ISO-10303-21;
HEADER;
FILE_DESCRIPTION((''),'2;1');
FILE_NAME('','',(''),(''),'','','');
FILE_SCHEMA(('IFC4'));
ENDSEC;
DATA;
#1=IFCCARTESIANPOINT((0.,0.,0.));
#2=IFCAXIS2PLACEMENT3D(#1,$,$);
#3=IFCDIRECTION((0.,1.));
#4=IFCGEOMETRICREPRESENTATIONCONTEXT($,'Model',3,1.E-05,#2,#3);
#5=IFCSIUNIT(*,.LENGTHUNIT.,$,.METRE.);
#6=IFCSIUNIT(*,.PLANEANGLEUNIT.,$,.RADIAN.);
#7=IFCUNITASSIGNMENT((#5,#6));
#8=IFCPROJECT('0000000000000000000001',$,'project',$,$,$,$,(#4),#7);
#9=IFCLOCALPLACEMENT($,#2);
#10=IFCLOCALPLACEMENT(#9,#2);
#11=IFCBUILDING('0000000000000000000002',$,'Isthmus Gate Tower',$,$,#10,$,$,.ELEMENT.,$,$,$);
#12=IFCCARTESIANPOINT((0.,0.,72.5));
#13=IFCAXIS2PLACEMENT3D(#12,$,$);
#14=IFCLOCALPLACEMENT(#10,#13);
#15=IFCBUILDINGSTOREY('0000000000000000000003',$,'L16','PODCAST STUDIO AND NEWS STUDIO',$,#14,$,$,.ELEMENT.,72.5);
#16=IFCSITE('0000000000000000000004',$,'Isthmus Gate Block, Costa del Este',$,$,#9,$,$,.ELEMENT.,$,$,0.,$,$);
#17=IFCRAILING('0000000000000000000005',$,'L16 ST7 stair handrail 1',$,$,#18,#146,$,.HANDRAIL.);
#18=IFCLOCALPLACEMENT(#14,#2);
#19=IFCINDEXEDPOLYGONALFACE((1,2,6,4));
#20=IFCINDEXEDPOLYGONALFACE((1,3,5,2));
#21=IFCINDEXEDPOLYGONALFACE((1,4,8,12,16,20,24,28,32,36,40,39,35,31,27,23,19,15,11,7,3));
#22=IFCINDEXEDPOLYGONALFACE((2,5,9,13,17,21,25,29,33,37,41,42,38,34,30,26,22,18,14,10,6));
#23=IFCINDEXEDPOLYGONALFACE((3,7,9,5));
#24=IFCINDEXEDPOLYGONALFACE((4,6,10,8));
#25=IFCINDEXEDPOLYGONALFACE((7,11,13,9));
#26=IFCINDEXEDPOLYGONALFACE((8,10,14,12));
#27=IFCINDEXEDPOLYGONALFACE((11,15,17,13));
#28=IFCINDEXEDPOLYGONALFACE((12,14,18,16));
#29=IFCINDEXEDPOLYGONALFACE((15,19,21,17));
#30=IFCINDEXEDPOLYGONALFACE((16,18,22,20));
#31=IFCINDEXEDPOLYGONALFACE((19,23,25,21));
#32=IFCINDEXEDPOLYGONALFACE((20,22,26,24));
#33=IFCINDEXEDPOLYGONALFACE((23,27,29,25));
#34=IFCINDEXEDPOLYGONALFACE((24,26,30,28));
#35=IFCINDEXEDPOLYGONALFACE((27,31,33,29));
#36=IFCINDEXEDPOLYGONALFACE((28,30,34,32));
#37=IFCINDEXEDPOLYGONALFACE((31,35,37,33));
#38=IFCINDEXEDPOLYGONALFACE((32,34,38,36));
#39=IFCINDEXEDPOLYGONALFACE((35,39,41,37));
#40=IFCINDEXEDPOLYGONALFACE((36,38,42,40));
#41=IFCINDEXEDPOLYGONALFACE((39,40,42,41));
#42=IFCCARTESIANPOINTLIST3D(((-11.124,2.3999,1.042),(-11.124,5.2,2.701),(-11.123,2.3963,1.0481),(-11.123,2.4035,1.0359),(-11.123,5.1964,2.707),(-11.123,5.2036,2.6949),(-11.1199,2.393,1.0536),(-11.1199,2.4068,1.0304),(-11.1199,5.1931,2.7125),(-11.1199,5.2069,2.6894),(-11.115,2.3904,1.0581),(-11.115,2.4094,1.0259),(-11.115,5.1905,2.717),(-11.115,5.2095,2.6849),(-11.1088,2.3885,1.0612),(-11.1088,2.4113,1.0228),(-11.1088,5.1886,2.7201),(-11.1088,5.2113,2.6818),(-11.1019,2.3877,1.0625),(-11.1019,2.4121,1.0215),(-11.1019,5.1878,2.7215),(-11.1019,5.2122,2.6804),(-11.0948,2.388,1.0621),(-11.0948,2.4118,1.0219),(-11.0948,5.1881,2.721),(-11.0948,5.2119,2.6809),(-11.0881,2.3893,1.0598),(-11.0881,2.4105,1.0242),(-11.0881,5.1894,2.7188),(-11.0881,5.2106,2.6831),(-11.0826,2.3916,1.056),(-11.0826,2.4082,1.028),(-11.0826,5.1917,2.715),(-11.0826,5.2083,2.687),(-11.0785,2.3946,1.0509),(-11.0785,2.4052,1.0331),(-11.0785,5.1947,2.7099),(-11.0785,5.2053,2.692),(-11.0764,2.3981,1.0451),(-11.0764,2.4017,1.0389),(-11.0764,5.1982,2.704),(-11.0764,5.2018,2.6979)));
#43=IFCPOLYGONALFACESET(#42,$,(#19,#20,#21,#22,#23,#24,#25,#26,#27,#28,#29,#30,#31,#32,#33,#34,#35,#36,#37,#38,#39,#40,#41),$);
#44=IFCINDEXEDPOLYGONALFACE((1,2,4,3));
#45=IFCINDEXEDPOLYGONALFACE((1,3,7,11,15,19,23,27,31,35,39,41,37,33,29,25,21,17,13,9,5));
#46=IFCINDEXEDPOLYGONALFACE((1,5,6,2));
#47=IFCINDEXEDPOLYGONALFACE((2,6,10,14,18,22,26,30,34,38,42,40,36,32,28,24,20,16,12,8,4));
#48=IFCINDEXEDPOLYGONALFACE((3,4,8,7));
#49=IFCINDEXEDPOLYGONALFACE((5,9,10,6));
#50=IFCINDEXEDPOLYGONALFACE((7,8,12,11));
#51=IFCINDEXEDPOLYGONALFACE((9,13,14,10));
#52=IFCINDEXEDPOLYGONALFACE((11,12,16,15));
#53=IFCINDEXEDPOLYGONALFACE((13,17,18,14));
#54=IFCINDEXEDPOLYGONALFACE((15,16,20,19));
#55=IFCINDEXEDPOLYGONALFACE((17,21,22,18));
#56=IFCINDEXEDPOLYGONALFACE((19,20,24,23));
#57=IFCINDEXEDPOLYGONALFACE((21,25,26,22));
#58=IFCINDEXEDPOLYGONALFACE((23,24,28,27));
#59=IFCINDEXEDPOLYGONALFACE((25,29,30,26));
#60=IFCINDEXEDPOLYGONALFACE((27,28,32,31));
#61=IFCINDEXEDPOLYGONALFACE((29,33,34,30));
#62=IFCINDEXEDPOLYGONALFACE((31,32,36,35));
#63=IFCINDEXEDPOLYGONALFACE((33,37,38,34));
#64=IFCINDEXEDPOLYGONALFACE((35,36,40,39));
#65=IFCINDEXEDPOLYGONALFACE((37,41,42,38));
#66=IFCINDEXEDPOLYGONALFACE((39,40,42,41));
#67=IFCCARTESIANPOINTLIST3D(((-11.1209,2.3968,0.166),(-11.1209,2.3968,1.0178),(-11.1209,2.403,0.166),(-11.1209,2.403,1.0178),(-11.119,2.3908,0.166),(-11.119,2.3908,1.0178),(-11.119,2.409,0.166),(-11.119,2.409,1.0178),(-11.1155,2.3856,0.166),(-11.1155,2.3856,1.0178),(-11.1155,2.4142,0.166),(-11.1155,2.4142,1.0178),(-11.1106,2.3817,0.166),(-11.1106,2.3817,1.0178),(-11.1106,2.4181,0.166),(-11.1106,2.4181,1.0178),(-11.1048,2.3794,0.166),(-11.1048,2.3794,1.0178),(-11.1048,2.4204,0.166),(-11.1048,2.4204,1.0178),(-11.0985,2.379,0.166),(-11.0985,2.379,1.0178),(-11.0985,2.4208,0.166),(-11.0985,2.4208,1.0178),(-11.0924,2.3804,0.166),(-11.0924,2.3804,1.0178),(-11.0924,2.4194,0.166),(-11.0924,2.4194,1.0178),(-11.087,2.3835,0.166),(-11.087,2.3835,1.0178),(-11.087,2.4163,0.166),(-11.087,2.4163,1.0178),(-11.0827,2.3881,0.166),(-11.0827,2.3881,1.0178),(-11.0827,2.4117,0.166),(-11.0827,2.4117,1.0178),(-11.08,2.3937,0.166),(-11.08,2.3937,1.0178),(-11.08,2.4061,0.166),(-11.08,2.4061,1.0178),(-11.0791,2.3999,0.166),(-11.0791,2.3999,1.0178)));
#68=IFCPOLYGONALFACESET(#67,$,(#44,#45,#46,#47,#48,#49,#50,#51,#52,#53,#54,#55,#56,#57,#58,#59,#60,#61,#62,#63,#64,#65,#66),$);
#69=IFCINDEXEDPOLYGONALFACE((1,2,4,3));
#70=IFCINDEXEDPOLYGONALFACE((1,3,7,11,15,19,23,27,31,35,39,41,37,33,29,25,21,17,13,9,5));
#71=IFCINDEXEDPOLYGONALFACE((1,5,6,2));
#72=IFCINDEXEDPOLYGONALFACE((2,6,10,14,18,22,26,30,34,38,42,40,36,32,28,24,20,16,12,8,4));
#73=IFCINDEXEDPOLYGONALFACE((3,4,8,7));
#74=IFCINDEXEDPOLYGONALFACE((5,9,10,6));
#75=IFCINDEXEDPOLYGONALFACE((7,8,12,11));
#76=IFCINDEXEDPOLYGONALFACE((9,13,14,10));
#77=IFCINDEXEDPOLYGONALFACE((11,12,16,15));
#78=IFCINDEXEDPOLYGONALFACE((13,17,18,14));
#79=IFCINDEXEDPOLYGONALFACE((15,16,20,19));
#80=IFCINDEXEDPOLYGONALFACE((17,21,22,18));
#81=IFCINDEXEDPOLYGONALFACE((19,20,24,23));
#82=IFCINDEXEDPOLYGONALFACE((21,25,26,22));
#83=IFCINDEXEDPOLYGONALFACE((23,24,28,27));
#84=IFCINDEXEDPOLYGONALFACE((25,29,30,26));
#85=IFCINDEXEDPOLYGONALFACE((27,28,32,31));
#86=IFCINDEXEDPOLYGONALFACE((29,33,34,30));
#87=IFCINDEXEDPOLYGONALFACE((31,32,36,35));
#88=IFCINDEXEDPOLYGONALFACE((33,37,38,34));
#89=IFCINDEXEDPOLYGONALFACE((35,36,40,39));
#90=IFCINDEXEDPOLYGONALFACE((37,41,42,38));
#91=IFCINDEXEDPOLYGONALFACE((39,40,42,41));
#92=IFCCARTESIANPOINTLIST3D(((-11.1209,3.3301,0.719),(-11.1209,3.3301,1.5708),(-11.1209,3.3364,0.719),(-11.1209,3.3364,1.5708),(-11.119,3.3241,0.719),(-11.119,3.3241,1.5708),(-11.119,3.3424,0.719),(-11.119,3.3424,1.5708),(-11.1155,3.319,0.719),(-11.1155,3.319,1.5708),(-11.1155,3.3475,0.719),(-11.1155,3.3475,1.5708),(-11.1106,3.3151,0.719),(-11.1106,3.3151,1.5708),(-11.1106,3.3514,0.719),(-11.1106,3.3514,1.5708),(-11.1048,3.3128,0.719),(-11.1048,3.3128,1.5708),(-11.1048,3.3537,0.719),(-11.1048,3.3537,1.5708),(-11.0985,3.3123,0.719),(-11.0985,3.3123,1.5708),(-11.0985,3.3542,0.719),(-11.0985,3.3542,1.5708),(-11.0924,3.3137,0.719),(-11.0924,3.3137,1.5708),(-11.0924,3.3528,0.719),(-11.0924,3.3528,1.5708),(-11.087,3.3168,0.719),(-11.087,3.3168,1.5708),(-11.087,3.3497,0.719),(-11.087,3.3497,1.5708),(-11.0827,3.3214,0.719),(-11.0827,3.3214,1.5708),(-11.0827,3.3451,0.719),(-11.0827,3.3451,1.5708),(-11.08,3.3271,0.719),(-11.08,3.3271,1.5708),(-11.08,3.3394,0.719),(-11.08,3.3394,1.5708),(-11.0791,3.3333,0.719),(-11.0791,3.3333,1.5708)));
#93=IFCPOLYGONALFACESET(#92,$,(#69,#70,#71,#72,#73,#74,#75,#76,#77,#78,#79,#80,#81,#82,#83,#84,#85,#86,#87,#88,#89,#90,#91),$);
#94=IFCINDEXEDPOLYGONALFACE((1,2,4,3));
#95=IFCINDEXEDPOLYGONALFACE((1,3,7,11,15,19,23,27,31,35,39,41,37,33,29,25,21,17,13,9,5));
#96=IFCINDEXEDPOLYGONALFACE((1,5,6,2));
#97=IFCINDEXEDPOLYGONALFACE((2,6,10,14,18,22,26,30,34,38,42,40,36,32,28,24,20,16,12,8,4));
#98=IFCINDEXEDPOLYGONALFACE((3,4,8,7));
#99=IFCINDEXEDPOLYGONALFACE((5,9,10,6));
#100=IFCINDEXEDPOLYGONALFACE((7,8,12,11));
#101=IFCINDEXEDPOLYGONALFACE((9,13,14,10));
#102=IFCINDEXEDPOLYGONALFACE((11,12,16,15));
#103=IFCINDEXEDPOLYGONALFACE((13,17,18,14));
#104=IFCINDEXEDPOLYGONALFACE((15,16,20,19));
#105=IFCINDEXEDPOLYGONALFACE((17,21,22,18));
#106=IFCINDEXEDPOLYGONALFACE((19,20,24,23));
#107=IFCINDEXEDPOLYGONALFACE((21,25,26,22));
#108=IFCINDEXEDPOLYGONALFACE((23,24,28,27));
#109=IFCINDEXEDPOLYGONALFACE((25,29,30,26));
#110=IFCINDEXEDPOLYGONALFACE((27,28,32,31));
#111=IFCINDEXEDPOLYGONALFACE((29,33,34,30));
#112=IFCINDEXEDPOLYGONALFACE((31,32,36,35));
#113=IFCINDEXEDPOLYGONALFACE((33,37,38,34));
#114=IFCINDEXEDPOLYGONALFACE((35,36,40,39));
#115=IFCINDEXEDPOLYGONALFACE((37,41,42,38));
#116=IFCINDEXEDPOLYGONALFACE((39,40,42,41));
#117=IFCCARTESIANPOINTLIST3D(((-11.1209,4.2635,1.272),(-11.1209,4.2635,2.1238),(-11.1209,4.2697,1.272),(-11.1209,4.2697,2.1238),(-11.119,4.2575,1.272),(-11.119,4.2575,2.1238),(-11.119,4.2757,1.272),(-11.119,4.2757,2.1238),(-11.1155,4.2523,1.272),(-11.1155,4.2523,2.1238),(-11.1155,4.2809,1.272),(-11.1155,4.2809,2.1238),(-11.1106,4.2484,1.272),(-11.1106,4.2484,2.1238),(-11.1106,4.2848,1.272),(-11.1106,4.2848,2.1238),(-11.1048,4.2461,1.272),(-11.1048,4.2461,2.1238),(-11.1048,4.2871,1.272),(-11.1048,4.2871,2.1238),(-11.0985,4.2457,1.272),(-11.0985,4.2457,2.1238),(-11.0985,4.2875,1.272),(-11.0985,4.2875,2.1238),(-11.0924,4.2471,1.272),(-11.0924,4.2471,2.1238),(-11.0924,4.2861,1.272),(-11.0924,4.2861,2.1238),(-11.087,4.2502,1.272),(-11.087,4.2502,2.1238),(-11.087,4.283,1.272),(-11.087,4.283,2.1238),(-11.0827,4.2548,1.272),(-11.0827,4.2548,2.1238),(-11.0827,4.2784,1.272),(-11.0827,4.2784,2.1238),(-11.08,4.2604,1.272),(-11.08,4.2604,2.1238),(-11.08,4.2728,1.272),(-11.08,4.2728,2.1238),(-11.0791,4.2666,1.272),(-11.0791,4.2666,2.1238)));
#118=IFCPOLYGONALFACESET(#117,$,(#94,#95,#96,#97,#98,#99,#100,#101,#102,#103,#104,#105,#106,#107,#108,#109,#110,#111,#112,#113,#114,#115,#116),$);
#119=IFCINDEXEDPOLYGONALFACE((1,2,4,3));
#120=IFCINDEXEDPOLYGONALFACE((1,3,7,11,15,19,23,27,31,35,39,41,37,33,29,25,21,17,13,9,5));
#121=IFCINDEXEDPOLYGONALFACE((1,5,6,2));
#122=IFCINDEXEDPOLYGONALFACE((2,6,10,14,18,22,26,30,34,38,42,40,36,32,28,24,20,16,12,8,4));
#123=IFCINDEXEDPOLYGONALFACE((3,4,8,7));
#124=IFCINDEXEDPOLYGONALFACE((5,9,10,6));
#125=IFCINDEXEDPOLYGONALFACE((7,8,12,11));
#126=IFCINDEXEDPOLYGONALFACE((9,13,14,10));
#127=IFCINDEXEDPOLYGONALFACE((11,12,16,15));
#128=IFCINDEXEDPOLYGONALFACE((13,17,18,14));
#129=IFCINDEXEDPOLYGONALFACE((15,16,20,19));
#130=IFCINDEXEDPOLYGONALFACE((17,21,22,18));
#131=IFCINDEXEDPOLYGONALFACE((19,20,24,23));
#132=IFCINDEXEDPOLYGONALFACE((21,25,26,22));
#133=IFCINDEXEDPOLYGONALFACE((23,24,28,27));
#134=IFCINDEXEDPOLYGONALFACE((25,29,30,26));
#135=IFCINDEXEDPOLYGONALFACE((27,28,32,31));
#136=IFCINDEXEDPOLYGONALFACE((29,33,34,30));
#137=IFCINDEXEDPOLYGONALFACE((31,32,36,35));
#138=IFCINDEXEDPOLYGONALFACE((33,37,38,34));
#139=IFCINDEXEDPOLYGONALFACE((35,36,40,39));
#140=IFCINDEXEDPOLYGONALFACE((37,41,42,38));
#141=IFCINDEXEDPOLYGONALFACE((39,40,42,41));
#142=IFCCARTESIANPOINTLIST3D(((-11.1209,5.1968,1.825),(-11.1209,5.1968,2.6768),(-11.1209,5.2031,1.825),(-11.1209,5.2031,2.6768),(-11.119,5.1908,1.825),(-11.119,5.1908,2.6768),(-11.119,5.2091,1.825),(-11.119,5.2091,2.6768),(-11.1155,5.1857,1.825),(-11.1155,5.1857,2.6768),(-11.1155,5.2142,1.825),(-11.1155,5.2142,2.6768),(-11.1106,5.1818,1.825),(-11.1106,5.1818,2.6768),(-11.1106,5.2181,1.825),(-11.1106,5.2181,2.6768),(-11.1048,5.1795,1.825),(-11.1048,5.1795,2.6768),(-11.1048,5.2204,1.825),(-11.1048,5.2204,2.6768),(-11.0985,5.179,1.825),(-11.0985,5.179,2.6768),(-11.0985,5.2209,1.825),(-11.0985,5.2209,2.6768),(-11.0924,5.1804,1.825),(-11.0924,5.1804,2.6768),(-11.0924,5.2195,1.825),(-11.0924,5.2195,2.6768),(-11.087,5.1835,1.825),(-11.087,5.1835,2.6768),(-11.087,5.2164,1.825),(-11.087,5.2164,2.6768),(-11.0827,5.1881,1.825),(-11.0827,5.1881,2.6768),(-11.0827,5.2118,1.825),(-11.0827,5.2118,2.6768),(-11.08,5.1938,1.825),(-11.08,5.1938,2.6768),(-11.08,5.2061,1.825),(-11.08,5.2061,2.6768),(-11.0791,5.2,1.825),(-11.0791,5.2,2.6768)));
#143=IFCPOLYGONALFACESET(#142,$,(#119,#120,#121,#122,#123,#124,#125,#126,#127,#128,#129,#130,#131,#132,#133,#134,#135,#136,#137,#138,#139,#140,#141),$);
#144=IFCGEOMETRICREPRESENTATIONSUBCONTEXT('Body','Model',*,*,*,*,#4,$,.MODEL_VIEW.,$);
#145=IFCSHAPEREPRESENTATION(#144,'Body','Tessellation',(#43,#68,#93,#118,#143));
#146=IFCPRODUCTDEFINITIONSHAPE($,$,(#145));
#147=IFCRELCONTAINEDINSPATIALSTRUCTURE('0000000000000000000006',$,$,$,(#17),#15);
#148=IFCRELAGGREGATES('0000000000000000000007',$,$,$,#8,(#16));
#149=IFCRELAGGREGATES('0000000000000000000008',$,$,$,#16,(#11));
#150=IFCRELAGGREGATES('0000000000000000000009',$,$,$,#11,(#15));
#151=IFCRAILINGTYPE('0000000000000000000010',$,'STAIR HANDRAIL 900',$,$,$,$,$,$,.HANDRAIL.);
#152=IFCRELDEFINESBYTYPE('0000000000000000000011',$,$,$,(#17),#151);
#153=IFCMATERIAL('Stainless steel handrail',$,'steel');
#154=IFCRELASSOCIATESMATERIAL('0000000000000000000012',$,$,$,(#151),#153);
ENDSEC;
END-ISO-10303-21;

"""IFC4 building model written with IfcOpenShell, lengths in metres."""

from ifc_helpers import new_model, si_unit, direction, frame, origin, origin_2d, place, context, subcontext, project, spatial, circle, extrude, material, type_object, element, save


model = new_model("IFC4")

# Units and contexts
model_context = context("Model", 3, precision=1e-05, world=origin(), true_north=direction((0.0, 1.0)))
body_context = subcontext(model_context, "Body", "Model", "MODEL_VIEW")
ifc_project = project(units=[si_unit("LENGTHUNIT", "METRE"), si_unit("PLANEANGLEUNIT", "RADIAN")], contexts=[model_context])

# Site, building, storey
site_placement = place(None, origin())
site = spatial("IfcSite", under=ifc_project, at=site_placement, Name="Isthmus Gate Block, Costa del Este", CompositionType="ELEMENT", RefElevation=0.0)
building_placement = place(site_placement, origin())
building = spatial("IfcBuilding", under=site, at=building_placement, Name="Isthmus Gate Tower", CompositionType="ELEMENT")
storey_placement = place(building_placement, frame((0.0, 0.0, 72.5)))
storey = spatial("IfcBuildingStorey", under=building, at=storey_placement, Name="L16", Description="PODCAST STUDIO AND NEWS STUDIO", CompositionType="ELEMENT", Elevation=72.5)

# Railing
ifc_material_1 = material(Name="Stainless steel handrail", Category="steel")
railing_type_1 = type_object("IfcRailingType", Name="STAIR HANDRAIL 900", PredefinedType="HANDRAIL", material=ifc_material_1)
railing_1_placement = place(storey_placement, frame((-11.1001, 2.3999, 0.166)))
element("IfcRailing", 1, at=railing_1_placement, inside=storey, type_object=railing_type_1, Name="L16 ST7 stair handrail 1", PredefinedType="HANDRAIL", context=body_context, shape_type="SweptSolid", body=[
    extrude(circle(Radius=0.0239, at=origin_2d()), frame((0.0, 0.0, 0.876), z_axis=(0.0, 0.860339, 0.509722), x_axis=(-1.0, 0.0, 0.0)), (0.0, 0.0, 1.0), 3.2546),
    extrude(circle(Radius=0.021, at=origin_2d()), origin(), (0.0, 0.0, 1.0), 0.8518),
    extrude(circle(Radius=0.021, at=origin_2d()), frame((0.0, 0.9333, 0.553)), (0.0, 0.0, 1.0), 0.8518),
    extrude(circle(Radius=0.021, at=origin_2d()), frame((0.0, 1.8667, 1.106)), (0.0, 0.0, 1.0), 0.8518),
    extrude(circle(Radius=0.021, at=origin_2d()), frame((0.0, 2.8, 1.6589)), (0.0, 0.0, 1.0), 0.8518),
])

save(model, "model.ifc")
